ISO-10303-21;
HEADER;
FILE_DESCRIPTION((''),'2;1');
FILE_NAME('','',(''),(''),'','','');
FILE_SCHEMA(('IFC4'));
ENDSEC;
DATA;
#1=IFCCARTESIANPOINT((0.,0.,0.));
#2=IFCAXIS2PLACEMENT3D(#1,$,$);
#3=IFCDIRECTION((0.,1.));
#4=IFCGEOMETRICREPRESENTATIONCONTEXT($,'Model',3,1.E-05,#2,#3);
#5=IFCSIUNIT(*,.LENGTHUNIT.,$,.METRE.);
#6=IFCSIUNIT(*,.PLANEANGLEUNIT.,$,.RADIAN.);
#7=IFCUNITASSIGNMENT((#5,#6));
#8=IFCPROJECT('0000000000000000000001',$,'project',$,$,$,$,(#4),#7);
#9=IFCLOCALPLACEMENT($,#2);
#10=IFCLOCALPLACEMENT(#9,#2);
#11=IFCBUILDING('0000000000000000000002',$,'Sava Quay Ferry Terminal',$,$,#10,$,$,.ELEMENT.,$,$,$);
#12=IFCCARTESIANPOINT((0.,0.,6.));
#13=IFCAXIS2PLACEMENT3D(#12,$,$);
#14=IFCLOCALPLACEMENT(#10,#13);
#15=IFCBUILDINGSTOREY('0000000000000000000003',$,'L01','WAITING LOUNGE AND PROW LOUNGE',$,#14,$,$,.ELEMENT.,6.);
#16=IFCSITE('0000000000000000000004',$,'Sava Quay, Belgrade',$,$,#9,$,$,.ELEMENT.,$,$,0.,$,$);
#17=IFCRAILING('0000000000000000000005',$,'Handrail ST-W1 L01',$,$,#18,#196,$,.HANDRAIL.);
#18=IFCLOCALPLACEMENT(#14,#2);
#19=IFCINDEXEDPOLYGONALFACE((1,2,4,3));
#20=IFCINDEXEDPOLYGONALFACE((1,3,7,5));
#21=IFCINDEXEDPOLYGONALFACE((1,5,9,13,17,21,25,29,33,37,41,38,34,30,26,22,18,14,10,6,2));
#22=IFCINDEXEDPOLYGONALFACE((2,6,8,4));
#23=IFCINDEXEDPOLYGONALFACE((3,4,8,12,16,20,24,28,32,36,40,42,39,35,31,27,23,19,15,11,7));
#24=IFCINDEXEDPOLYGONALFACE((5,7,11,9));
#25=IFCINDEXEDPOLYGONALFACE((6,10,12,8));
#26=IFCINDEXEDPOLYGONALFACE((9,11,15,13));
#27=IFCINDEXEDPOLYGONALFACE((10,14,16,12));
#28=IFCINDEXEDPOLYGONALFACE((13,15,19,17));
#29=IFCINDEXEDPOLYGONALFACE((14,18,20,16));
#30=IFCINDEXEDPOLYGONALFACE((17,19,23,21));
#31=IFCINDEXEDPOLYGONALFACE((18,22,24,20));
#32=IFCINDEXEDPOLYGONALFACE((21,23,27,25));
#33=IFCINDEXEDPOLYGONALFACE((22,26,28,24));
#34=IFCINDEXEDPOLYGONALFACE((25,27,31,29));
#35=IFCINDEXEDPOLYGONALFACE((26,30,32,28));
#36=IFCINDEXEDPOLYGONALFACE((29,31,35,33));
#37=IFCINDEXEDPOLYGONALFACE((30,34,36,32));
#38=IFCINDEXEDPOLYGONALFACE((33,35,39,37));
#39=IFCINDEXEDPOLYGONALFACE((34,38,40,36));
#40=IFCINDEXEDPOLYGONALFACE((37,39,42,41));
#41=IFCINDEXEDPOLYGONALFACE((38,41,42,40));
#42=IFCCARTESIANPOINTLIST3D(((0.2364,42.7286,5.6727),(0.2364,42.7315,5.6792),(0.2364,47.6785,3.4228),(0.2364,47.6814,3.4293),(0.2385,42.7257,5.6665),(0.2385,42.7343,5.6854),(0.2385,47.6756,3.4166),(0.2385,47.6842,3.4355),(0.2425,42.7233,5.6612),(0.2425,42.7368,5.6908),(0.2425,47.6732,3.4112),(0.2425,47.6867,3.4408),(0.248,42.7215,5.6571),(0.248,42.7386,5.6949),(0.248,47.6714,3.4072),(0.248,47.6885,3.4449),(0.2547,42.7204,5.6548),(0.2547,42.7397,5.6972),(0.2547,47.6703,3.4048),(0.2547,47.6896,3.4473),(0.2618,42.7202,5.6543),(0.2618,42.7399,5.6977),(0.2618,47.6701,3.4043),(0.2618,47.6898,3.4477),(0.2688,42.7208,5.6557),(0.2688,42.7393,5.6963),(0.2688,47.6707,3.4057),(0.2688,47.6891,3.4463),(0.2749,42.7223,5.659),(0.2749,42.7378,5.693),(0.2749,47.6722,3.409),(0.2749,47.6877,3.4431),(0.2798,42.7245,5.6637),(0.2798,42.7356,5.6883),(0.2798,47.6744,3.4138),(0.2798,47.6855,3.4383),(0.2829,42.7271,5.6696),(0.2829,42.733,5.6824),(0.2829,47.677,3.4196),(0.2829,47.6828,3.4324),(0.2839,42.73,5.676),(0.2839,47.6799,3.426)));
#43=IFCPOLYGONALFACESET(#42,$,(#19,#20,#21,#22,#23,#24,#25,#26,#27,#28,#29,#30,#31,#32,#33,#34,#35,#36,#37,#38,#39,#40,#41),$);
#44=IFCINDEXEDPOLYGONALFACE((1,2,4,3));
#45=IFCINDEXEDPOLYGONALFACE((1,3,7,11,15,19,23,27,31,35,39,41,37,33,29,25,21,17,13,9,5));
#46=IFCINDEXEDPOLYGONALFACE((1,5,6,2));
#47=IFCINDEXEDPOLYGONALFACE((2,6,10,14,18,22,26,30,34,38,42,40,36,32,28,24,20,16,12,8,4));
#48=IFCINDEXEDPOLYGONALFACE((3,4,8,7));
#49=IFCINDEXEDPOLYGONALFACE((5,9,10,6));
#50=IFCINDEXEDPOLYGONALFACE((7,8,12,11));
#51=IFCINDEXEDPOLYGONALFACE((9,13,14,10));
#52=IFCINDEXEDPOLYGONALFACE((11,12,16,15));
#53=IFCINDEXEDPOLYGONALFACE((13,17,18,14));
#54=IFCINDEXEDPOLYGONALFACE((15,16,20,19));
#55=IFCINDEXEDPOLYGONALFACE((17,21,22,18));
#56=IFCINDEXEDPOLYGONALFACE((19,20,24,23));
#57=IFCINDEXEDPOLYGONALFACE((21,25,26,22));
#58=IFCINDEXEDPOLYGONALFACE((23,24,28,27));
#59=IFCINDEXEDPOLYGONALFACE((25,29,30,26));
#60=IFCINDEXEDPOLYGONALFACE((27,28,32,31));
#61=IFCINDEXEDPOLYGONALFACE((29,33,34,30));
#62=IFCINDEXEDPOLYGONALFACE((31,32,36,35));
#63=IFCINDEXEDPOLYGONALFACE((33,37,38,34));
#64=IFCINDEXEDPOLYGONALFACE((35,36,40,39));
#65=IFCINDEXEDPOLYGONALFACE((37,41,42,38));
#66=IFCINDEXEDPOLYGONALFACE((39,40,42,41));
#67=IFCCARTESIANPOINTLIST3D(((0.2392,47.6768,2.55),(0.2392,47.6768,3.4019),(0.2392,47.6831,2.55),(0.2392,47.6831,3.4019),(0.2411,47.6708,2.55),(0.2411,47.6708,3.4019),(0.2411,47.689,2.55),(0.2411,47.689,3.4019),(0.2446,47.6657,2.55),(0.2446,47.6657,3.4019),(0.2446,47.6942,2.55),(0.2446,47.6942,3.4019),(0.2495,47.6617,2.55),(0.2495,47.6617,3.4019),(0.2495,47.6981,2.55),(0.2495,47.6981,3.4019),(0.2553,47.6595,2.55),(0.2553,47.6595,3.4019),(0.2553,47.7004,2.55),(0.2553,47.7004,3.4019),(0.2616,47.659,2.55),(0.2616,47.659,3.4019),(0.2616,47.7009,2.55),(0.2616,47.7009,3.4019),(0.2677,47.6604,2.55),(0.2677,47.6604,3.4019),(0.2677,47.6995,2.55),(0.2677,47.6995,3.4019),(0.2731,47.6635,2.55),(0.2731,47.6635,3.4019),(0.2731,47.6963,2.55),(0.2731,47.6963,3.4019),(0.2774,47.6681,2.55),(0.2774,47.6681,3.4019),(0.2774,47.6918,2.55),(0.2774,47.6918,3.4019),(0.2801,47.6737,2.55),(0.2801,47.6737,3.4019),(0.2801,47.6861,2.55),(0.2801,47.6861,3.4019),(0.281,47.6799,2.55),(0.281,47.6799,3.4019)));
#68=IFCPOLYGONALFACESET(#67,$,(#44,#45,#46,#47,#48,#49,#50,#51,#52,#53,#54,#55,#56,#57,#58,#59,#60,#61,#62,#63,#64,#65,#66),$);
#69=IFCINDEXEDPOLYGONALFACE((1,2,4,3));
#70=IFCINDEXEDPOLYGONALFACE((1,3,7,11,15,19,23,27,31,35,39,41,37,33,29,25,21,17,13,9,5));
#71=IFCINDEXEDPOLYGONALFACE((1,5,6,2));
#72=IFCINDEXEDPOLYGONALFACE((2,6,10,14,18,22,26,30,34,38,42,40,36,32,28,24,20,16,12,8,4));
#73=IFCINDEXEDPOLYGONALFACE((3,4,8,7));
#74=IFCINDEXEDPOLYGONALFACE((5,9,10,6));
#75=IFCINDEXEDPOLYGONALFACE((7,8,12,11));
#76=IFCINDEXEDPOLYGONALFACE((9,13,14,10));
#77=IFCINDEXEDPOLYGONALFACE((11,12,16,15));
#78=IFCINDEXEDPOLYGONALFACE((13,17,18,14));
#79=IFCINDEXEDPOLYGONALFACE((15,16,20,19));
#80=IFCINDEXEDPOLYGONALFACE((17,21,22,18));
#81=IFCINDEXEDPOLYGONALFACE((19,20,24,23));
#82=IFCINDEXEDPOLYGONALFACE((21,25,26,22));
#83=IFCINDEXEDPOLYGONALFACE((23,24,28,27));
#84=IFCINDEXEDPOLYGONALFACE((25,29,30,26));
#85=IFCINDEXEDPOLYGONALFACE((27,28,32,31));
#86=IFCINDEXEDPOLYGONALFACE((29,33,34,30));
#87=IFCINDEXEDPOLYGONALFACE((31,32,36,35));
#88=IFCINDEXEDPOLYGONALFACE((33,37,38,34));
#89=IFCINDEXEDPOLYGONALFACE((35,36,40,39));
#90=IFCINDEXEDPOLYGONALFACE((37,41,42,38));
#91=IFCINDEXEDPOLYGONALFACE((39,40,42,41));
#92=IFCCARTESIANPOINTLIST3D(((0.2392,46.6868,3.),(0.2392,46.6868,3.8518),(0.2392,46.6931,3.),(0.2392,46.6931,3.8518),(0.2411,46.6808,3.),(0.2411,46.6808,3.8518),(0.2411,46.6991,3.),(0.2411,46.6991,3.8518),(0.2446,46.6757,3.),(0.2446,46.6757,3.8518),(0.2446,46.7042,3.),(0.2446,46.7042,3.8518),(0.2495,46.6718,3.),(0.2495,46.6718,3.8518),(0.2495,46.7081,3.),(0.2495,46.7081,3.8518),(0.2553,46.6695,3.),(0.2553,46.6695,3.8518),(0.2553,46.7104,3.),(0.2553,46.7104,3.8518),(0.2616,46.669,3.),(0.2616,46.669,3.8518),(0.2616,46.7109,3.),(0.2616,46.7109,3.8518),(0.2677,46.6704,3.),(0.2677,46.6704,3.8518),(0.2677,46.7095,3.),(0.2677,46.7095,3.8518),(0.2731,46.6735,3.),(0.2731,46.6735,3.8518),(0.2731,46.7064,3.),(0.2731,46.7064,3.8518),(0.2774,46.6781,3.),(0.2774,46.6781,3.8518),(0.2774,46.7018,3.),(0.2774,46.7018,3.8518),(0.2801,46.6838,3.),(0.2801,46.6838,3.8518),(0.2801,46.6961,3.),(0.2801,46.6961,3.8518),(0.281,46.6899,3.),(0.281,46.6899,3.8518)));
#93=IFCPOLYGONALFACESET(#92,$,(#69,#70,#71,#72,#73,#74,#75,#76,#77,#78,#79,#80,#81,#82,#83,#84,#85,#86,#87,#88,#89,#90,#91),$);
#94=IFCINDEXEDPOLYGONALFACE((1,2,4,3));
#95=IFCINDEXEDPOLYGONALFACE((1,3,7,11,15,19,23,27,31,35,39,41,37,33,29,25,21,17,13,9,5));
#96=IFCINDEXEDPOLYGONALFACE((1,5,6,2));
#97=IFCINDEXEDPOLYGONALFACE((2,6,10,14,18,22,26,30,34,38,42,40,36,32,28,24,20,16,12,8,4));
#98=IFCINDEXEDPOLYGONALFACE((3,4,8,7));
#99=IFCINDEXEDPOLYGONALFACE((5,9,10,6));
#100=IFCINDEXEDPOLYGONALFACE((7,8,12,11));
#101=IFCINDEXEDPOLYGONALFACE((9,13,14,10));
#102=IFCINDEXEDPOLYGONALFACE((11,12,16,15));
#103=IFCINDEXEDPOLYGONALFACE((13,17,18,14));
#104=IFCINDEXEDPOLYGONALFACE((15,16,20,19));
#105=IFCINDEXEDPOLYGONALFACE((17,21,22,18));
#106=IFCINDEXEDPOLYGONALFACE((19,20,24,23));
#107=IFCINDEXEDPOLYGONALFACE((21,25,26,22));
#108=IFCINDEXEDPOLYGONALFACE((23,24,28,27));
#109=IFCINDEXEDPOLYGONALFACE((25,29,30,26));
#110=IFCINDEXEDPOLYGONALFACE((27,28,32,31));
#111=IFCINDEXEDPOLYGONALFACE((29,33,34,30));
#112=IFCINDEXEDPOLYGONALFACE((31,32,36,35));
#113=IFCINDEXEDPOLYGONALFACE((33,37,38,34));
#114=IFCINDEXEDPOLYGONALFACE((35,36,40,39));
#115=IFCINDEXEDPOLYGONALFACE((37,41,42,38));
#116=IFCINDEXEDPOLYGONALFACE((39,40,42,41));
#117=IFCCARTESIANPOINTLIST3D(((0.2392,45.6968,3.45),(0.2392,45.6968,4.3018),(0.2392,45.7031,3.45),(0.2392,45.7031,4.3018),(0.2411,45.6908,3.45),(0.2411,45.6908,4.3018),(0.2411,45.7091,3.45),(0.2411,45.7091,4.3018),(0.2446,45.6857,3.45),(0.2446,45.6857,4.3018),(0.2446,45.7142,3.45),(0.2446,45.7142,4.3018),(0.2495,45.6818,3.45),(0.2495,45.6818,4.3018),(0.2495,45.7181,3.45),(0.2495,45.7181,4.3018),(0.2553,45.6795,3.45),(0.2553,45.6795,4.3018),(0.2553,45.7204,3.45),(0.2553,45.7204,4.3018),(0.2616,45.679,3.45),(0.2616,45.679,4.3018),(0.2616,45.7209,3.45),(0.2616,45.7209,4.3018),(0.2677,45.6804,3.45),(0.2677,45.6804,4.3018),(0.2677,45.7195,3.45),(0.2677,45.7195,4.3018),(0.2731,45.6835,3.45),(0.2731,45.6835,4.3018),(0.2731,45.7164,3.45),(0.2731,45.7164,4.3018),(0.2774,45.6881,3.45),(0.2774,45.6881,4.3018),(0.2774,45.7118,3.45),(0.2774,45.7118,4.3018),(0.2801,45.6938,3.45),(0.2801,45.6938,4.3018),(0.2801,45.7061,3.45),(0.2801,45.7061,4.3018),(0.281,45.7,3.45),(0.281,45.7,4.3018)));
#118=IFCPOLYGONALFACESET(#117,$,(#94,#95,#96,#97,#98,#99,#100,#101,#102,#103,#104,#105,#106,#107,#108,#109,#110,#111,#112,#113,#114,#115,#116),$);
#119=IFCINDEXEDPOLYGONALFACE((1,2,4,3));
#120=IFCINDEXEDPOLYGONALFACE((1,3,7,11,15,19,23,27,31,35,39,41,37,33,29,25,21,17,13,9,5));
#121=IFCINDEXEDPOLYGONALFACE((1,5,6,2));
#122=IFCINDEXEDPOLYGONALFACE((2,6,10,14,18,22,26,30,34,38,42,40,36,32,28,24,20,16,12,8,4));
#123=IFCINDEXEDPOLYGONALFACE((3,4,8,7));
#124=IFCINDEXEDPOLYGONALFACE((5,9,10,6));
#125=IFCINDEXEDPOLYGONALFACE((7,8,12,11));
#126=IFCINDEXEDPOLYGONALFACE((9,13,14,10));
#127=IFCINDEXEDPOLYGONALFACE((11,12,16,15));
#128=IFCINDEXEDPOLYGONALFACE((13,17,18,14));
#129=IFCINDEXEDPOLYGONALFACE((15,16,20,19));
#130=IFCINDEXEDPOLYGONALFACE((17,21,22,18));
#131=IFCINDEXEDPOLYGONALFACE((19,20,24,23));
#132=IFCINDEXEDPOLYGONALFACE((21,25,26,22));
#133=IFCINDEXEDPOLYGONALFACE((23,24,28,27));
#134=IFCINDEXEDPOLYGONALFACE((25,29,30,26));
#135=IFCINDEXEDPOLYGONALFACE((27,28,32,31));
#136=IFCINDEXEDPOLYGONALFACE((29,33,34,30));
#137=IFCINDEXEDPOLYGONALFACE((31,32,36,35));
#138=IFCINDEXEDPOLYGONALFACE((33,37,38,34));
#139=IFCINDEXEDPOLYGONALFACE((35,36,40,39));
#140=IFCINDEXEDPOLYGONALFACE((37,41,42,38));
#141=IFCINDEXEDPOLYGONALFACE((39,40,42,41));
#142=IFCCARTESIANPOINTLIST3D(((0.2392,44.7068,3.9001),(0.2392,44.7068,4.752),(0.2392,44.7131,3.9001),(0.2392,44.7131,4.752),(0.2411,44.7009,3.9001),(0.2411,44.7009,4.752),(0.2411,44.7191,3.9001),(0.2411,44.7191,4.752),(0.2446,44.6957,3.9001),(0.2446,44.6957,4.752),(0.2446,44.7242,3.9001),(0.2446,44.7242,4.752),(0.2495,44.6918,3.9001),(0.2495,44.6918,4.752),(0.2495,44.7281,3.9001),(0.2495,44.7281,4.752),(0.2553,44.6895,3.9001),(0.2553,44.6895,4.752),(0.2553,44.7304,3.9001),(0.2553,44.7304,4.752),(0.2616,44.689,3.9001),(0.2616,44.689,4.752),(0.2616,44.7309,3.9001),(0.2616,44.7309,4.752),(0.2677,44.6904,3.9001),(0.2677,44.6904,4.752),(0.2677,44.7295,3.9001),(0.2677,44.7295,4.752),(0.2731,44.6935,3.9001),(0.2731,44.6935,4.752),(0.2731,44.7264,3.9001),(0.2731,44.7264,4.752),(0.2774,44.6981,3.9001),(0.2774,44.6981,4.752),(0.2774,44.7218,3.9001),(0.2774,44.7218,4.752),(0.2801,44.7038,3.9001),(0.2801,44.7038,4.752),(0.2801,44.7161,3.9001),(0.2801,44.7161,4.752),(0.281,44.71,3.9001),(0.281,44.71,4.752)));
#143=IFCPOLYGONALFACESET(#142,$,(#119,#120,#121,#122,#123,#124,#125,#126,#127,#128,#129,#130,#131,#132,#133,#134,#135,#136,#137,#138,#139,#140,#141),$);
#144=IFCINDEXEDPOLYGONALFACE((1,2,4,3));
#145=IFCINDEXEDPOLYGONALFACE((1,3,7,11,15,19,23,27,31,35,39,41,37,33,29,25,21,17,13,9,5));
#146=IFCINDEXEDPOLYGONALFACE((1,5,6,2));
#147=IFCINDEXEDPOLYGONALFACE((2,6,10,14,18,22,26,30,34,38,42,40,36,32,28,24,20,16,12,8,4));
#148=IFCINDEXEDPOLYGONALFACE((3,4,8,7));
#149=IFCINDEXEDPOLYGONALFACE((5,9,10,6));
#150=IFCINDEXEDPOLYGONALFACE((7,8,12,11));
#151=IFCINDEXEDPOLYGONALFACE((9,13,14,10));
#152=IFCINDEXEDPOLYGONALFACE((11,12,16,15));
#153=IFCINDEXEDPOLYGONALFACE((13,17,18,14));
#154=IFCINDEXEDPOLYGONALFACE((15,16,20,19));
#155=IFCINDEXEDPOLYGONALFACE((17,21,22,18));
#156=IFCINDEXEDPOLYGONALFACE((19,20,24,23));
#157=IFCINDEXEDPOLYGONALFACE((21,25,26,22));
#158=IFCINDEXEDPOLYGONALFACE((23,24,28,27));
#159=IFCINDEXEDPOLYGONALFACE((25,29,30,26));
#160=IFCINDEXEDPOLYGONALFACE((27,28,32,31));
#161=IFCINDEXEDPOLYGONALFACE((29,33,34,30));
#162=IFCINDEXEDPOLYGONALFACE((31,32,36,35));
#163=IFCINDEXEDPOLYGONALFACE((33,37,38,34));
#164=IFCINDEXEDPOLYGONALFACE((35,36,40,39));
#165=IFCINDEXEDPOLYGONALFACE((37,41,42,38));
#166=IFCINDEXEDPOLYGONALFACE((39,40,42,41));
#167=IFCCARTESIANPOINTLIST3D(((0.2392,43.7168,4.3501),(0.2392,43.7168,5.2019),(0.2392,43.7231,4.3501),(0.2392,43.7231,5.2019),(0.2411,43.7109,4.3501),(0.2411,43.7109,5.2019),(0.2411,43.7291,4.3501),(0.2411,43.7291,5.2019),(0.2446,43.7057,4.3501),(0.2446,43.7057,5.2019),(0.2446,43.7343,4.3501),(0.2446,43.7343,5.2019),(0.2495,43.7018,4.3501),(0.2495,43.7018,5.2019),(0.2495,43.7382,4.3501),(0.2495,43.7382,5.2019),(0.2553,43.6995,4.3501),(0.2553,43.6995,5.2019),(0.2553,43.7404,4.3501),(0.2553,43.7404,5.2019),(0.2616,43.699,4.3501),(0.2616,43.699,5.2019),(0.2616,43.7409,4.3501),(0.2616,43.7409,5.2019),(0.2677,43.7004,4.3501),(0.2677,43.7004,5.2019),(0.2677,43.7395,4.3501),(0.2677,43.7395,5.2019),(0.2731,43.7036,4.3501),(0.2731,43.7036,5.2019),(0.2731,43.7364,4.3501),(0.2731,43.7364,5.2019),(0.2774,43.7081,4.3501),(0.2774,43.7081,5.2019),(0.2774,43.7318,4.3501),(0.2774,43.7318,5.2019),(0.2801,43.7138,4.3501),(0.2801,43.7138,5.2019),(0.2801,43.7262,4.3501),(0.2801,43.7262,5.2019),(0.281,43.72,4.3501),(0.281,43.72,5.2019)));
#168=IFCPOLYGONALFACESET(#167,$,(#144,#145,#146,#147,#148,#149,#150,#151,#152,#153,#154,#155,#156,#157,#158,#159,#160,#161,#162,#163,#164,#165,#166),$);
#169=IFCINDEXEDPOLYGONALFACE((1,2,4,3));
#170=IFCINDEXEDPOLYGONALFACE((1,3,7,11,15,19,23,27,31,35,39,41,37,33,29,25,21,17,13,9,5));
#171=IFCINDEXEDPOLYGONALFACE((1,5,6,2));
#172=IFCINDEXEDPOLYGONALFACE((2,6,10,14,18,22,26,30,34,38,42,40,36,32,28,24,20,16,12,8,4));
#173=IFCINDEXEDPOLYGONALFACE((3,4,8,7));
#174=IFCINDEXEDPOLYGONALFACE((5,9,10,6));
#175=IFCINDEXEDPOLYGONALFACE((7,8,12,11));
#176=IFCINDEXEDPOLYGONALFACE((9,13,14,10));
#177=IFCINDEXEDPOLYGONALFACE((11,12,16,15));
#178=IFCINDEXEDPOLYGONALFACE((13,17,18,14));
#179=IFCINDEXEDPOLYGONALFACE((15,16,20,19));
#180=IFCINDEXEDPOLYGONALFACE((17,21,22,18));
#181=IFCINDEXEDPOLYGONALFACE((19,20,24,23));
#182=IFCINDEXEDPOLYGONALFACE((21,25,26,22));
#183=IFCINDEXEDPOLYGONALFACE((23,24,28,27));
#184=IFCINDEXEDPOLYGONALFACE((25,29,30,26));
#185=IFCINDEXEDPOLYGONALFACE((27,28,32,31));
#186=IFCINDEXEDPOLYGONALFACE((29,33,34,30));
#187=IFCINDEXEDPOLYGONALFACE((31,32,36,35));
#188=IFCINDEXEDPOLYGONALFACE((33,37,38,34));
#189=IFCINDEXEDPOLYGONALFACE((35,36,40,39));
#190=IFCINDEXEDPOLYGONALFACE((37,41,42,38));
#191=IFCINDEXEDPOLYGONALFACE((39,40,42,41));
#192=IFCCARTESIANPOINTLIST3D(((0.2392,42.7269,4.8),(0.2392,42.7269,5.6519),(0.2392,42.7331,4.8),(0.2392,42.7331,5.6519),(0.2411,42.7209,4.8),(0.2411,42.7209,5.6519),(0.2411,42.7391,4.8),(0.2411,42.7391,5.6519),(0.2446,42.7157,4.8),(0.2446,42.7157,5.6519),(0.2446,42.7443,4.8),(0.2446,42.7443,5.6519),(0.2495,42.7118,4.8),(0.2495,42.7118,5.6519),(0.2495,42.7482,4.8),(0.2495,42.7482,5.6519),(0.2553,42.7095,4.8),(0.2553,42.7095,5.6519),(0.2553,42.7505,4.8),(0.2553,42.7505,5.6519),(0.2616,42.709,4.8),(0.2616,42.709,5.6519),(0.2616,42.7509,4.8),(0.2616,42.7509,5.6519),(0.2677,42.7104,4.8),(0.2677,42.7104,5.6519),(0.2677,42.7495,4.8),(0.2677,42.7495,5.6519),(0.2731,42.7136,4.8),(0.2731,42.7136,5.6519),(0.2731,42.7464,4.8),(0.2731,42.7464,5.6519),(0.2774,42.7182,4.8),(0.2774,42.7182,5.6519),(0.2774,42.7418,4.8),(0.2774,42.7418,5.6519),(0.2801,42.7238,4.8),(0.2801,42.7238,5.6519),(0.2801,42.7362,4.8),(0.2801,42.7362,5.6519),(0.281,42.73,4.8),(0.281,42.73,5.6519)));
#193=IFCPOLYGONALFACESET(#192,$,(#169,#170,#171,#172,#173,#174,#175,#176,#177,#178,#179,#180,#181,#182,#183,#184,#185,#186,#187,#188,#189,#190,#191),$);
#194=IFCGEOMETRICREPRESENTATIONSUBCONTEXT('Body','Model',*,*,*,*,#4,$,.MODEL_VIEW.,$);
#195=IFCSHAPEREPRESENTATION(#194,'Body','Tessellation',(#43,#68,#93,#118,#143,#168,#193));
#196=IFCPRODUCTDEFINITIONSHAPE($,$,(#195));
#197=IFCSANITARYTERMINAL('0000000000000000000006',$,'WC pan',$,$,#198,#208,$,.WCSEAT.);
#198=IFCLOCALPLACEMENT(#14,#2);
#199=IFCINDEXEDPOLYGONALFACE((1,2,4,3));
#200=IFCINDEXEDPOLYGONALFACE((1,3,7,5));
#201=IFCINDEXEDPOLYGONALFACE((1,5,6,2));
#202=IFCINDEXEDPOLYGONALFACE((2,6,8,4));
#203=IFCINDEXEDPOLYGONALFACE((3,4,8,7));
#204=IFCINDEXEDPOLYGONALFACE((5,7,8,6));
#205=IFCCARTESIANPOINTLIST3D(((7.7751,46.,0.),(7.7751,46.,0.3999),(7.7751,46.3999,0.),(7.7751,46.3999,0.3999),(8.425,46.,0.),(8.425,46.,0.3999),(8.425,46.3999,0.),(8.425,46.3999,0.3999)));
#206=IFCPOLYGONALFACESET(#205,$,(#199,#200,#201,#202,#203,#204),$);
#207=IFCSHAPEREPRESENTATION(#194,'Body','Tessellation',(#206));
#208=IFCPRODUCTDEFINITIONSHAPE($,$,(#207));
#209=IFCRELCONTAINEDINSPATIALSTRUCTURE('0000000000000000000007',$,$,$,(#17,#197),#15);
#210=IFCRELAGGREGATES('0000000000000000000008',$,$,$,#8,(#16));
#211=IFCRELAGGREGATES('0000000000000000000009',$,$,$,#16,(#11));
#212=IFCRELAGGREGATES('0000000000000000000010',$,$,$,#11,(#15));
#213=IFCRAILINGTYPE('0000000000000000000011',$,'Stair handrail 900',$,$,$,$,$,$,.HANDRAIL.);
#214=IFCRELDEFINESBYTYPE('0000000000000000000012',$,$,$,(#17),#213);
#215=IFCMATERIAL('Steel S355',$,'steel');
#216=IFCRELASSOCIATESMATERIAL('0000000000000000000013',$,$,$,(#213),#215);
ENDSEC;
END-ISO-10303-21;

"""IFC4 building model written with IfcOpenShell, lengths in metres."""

from ifc_helpers import new_model, si_unit, direction, frame, origin, origin_2d, place, context, subcontext, project, spatial, rectangle, circle, extrude, material, type_object, element, save


model = new_model("IFC4")

# Units and contexts
model_context = context("Model", 3, precision=1e-05, world=origin(), true_north=direction((0.0, 1.0)))
body_context = subcontext(model_context, "Body", "Model", "MODEL_VIEW")
ifc_project = project(units=[si_unit("LENGTHUNIT", "METRE"), si_unit("PLANEANGLEUNIT", "RADIAN")], contexts=[model_context])

# Site, building, storey
site_placement = place(None, origin())
site = spatial("IfcSite", under=ifc_project, at=site_placement, Name="Sava Quay, Belgrade", CompositionType="ELEMENT", RefElevation=0.0)
building_placement = place(site_placement, origin())
building = spatial("IfcBuilding", under=site, at=building_placement, Name="Sava Quay Ferry Terminal", CompositionType="ELEMENT")
storey_placement = place(building_placement, frame((0.0, 0.0, 6.0)))
storey = spatial("IfcBuildingStorey", under=building, at=storey_placement, Name="L01", Description="WAITING LOUNGE AND PROW LOUNGE", CompositionType="ELEMENT", Elevation=6.0)

# Railing
ifc_material_1 = material(Name="Steel S355", Category="steel")
railing_type_1 = type_object("IfcRailingType", Name="Stair handrail 900", PredefinedType="HANDRAIL", material=ifc_material_1)
railing_1_placement = place(storey_placement, frame((0.26, 47.6799, 2.55)))
element("IfcRailing", 1, at=railing_1_placement, inside=storey, type_object=railing_type_1, Name="Handrail ST-W1 L01", PredefinedType="HANDRAIL", context=body_context, shape_type="SweptSolid", body=[
    extrude(circle(Radius=0.0239, at=origin_2d()), frame((0.0, 0.0, 0.876), z_axis=(0.0, -0.910365, 0.413806), x_axis=(1.0, 0.0, 0.0)), (0.0, 0.0, 1.0), 5.4373),
    extrude(circle(Radius=0.021, at=origin_2d()), origin(), (0.0, 0.0, 1.0), 0.8518),
    extrude(circle(Radius=0.021, at=origin_2d()), frame((0.0, -0.99, 0.45)), (0.0, 0.0, 1.0), 0.8518),
    extrude(circle(Radius=0.021, at=origin_2d()), frame((0.0, -1.98, 0.8999)), (0.0, 0.0, 1.0), 0.8518),
    extrude(circle(Radius=0.021, at=origin_2d()), frame((0.0, -2.97, 1.3501)), (0.0, 0.0, 1.0), 0.8518),
    extrude(circle(Radius=0.021, at=origin_2d()), frame((0.0, -3.96, 1.8)), (0.0, 0.0, 1.0), 0.8518),
    extrude(circle(Radius=0.021, at=origin_2d()), frame((0.0, -4.95, 2.25)), (0.0, 0.0, 1.0), 0.8518),
])

# Sanitary terminal
sanitary_terminal_1_placement = place(storey_placement, frame((8.1001, 46.2, 0.0), z_axis=(0.0, 0.0, 1.0), x_axis=(1.0, 0.0, 0.0)))
element("IfcSanitaryTerminal", 2, at=sanitary_terminal_1_placement, inside=storey, Name="WC pan", PredefinedType="WCSEAT", context=body_context, shape_type="SweptSolid", body=[
    extrude(rectangle(XDim=0.6499, YDim=0.3999, at=origin_2d()), origin(), (0.0, 0.0, 1.0), 0.3999),
])

save(model, "model.ifc")
